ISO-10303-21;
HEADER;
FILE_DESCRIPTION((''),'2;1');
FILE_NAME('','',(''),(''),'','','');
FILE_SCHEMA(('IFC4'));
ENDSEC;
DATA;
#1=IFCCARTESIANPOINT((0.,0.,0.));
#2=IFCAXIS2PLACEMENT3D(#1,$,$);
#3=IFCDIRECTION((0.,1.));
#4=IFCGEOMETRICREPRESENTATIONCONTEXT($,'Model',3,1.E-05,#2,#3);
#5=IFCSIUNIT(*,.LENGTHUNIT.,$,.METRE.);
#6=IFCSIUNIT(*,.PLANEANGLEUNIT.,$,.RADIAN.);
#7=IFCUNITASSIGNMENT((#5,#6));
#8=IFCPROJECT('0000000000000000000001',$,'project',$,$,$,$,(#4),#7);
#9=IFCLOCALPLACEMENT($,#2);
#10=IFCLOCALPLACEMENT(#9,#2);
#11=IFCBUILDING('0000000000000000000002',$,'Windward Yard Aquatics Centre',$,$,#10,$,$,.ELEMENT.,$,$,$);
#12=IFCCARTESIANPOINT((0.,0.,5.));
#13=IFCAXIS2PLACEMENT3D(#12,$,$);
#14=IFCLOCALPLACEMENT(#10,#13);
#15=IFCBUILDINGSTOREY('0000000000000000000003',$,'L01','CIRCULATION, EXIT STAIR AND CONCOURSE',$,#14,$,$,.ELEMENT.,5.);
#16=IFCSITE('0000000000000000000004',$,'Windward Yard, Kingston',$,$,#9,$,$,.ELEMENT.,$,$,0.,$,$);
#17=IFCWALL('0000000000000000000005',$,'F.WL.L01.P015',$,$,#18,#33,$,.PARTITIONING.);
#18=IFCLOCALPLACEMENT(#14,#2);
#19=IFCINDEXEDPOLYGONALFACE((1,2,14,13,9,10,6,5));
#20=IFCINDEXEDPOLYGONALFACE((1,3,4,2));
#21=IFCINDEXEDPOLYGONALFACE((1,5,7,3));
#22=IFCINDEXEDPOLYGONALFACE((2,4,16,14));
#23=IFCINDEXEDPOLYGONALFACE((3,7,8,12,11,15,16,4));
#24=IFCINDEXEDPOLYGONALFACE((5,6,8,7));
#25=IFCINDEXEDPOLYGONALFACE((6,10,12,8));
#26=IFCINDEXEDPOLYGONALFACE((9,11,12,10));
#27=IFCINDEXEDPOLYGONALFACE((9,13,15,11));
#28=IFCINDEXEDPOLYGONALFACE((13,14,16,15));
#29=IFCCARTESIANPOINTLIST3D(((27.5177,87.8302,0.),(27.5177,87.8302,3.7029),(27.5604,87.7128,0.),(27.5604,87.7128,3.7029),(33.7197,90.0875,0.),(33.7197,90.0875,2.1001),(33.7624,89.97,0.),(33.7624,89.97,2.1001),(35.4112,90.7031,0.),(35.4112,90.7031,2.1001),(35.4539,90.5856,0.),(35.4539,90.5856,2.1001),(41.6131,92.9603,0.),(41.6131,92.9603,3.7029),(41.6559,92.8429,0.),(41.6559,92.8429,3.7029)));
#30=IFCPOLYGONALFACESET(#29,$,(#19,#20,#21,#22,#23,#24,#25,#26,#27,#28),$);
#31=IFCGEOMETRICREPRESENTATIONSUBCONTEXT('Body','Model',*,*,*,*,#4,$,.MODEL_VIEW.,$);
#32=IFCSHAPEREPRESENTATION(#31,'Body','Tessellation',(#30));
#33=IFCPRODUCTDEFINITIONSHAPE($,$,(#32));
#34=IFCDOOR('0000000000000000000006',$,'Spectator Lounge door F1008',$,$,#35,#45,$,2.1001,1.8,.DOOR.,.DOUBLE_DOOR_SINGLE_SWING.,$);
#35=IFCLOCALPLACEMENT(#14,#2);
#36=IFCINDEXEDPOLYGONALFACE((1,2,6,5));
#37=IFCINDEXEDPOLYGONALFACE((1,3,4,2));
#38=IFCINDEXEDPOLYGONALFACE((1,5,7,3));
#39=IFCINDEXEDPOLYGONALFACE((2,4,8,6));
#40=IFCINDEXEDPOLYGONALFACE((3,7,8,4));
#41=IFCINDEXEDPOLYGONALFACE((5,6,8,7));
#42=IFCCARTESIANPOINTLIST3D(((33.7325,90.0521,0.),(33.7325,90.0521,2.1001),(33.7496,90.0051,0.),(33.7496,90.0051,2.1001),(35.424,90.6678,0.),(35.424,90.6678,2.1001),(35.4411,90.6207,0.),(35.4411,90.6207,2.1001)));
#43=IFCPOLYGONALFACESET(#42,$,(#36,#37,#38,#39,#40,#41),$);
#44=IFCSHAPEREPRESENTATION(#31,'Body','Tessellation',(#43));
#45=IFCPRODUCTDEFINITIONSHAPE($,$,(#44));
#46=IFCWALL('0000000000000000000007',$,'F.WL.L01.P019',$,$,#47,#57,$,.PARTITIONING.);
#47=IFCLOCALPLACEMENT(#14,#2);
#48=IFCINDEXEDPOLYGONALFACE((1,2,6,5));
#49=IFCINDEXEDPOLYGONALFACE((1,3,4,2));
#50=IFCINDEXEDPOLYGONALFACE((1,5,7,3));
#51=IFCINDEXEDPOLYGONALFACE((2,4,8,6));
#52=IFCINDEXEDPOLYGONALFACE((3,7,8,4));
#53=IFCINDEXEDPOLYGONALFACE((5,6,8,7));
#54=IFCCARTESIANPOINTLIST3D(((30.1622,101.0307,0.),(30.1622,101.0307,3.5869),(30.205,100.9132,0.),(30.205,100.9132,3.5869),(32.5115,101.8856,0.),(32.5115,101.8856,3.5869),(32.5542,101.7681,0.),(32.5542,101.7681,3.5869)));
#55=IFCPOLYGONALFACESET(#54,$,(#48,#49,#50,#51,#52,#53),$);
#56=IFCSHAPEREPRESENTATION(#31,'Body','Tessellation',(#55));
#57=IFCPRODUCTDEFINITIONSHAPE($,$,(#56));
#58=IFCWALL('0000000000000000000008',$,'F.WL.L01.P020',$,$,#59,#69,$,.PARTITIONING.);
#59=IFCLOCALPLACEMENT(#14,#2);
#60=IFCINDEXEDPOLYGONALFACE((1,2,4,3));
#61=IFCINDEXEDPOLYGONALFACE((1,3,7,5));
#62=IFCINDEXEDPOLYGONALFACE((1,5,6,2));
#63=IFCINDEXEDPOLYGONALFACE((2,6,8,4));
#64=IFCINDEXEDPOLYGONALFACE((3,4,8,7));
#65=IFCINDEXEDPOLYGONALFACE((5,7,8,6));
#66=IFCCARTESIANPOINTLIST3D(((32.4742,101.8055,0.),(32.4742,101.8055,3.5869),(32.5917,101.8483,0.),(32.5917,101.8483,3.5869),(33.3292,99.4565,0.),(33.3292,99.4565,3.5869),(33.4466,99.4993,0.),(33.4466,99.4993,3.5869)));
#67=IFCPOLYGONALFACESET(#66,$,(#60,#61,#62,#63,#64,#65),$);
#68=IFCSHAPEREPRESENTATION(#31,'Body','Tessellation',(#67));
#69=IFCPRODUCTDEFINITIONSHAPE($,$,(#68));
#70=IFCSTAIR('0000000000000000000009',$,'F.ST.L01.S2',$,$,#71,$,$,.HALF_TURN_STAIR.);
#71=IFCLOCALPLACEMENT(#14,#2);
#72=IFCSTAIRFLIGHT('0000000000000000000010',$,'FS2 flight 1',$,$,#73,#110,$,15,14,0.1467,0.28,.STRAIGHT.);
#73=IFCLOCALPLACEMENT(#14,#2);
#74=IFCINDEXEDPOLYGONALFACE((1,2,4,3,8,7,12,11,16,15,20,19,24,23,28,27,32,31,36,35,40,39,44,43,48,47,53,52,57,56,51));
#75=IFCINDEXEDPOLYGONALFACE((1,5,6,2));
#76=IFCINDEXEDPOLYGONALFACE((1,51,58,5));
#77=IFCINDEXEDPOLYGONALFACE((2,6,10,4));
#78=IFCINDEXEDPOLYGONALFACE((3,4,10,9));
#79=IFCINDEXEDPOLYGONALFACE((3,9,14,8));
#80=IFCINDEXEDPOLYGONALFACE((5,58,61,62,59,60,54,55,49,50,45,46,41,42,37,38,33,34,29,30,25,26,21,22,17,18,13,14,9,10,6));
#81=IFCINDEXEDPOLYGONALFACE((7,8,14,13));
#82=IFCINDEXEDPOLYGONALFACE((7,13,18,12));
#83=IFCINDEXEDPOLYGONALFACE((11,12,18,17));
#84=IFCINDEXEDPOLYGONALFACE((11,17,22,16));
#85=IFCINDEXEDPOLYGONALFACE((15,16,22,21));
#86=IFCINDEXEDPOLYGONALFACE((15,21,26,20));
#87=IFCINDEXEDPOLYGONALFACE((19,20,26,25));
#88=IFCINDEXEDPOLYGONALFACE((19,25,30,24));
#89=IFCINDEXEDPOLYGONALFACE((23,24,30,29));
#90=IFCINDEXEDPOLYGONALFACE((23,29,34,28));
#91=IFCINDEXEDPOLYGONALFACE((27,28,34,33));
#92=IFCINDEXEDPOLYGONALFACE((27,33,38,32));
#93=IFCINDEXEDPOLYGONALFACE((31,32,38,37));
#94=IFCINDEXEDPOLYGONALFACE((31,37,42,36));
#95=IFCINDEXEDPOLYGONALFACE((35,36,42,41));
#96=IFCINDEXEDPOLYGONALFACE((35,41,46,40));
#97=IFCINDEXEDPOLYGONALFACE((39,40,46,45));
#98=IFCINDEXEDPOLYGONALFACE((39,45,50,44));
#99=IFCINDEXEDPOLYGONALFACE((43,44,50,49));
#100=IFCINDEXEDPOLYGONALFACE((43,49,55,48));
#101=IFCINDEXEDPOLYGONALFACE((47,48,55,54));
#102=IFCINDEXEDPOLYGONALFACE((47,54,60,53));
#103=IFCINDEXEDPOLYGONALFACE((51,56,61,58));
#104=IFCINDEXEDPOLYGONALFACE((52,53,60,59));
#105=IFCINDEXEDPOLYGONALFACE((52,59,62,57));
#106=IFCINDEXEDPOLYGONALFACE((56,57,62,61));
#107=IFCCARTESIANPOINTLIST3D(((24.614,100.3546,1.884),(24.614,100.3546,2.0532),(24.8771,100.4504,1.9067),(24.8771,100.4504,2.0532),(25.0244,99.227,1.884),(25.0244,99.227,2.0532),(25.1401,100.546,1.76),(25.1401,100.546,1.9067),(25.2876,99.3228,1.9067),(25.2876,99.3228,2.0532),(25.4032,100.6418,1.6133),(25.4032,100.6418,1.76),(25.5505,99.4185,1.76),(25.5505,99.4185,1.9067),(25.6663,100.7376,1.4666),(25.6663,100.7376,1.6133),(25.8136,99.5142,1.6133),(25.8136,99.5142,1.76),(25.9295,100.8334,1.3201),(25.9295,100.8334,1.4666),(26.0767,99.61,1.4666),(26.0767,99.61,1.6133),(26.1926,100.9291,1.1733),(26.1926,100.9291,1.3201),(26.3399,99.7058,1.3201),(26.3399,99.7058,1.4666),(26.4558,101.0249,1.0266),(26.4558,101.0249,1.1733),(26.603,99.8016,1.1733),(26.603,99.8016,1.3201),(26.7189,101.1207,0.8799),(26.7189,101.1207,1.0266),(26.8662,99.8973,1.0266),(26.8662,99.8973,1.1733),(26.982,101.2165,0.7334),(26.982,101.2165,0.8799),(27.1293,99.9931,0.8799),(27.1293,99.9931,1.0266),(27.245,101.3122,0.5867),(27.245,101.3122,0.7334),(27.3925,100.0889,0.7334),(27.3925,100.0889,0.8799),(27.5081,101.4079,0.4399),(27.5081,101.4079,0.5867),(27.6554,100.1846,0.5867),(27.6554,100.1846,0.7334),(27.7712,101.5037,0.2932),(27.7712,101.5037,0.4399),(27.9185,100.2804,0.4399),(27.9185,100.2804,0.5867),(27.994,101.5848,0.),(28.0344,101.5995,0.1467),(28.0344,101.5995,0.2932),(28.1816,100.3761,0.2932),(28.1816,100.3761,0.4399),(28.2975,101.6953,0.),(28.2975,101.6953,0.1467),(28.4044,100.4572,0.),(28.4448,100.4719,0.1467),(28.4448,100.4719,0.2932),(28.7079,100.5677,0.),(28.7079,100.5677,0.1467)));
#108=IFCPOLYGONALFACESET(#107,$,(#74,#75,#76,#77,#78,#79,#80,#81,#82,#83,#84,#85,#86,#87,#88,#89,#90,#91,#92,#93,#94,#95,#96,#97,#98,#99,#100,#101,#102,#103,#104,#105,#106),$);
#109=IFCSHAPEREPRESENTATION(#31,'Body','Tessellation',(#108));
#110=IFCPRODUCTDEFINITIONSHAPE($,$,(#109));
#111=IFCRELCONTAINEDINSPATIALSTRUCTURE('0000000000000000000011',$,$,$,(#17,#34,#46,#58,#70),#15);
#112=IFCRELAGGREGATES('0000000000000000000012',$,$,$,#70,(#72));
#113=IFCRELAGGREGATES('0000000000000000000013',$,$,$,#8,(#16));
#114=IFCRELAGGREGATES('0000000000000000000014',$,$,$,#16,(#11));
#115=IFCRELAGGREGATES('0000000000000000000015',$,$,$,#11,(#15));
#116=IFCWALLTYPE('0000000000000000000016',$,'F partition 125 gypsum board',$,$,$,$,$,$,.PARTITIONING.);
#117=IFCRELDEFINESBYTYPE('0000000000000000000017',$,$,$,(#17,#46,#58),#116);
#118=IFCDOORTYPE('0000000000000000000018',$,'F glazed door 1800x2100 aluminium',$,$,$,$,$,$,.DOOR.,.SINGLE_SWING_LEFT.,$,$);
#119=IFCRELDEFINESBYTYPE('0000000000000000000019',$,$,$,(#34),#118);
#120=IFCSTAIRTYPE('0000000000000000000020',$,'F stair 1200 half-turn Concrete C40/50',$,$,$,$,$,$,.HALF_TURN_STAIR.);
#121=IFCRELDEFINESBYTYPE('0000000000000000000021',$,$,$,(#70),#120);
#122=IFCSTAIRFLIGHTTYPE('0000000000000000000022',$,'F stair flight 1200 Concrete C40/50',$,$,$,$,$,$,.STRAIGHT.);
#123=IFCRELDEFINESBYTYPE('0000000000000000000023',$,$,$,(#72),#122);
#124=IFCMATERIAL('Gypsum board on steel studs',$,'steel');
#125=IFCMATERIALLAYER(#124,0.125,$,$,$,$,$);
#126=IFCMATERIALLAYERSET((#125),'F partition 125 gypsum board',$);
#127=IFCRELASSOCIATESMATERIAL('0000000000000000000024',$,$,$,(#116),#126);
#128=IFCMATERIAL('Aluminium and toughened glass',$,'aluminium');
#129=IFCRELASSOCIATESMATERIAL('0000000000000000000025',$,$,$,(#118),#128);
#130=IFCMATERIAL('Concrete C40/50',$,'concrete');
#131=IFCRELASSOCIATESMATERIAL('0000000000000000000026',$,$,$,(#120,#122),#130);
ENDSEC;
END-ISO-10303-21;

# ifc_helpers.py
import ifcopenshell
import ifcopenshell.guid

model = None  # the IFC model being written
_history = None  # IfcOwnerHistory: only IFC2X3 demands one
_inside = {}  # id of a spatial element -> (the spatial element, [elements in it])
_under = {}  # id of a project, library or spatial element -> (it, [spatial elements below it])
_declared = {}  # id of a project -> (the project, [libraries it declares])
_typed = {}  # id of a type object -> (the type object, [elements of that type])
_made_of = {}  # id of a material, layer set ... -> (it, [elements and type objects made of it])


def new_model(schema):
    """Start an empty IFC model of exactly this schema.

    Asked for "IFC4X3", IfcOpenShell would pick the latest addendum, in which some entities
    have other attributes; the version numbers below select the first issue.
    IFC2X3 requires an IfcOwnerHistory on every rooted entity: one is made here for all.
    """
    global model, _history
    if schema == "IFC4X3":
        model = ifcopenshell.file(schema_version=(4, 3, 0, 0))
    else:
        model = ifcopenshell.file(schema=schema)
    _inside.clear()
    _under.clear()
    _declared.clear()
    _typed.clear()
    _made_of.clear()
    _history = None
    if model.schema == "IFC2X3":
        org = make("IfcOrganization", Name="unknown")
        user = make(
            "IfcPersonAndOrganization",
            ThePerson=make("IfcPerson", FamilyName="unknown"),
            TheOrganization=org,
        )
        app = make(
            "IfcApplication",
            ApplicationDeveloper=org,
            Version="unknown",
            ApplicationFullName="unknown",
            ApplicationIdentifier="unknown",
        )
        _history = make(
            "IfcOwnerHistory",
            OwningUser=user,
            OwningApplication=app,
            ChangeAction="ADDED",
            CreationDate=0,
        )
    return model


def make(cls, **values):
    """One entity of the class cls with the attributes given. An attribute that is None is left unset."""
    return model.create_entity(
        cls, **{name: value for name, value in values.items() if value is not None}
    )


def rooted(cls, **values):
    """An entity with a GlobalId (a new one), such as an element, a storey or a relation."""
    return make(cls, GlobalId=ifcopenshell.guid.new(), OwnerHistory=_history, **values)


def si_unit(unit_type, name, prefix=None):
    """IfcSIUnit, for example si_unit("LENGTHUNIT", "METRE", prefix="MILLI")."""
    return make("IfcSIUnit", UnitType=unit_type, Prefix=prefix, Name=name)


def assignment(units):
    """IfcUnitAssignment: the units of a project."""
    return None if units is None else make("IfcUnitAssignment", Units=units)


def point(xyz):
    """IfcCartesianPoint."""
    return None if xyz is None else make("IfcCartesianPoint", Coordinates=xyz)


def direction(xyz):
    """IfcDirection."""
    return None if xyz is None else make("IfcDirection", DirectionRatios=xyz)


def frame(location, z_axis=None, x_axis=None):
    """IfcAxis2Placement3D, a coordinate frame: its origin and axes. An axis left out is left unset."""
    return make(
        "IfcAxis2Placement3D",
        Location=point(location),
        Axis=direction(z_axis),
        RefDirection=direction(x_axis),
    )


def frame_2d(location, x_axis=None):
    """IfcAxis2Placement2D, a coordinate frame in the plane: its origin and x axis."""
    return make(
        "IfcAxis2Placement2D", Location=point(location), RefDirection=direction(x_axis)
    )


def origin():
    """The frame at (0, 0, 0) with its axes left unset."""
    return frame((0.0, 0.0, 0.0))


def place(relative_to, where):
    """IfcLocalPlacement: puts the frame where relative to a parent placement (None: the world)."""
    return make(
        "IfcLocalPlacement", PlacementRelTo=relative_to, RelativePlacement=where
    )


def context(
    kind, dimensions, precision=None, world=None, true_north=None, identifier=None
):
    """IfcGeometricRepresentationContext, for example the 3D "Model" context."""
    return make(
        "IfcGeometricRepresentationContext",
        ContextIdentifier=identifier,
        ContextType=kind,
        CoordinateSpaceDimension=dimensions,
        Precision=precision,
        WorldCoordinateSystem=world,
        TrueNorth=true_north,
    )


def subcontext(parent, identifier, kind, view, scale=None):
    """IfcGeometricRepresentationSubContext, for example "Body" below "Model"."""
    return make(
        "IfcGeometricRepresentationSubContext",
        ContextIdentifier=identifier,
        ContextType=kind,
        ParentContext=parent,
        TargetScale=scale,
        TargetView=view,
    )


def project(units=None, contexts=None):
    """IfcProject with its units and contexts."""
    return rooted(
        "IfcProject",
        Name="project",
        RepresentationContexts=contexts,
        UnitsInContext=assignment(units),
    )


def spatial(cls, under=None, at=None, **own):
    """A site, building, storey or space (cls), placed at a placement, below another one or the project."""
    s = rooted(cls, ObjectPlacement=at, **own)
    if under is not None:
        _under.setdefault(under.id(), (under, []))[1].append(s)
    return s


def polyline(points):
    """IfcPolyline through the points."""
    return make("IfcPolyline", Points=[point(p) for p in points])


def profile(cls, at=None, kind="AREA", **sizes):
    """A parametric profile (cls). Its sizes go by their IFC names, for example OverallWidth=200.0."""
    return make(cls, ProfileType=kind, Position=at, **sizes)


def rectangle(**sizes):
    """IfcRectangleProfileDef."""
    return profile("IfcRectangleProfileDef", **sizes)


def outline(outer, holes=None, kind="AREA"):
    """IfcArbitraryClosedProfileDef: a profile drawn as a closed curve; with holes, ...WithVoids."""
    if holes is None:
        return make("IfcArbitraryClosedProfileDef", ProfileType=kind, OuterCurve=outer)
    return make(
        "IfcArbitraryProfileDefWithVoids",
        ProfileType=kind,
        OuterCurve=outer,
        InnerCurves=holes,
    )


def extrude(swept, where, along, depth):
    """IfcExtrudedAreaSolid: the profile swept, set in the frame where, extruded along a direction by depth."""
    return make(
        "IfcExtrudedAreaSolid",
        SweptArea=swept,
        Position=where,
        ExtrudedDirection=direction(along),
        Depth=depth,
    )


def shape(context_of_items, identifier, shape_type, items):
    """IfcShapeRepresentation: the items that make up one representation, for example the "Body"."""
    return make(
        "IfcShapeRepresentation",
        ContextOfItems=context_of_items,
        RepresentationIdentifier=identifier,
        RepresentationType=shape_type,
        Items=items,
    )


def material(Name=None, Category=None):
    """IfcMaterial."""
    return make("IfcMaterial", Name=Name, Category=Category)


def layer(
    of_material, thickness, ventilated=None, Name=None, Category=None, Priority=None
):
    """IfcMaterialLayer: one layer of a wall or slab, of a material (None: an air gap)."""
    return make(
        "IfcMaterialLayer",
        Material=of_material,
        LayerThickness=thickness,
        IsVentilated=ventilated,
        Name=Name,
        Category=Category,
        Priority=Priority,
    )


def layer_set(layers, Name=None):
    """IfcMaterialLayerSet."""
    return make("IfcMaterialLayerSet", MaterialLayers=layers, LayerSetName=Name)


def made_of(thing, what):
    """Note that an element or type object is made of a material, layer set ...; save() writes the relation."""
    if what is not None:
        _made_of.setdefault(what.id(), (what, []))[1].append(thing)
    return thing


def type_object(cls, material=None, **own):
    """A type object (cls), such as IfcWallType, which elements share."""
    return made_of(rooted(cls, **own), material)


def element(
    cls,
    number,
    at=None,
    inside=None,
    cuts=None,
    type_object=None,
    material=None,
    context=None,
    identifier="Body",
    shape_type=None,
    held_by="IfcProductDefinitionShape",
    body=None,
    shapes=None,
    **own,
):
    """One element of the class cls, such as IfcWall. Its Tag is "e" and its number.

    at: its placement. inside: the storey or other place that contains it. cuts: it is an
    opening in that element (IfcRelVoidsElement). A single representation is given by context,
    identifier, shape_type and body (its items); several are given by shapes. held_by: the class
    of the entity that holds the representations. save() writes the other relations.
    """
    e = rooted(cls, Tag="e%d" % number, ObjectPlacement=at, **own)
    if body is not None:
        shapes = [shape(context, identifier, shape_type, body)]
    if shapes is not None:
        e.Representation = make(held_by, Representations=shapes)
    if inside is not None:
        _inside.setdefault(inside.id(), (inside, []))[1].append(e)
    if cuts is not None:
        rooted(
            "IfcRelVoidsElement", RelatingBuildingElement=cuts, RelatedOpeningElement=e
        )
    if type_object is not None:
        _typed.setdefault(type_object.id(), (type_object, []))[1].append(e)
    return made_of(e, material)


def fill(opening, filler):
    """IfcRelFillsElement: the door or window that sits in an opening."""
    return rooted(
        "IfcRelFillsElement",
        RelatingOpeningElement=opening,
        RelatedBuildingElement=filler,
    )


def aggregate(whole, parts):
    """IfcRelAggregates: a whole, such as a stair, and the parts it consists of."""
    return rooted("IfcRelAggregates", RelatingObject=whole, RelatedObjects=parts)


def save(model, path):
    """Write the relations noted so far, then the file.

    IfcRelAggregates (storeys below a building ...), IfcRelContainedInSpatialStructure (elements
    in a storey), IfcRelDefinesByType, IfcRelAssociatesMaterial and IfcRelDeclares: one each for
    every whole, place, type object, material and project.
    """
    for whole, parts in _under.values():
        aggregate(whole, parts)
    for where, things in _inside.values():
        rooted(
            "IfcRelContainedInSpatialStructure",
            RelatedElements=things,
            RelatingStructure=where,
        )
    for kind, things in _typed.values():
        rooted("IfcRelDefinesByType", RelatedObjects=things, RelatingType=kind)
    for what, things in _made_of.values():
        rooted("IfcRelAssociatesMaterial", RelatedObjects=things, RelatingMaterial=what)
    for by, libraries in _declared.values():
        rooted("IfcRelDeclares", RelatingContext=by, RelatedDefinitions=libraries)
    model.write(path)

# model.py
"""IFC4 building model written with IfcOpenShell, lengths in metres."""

from ifc_helpers import new_model, si_unit, direction, frame, frame_2d, origin, place, context, subcontext, project, spatial, polyline, rectangle, outline, extrude, material, layer, layer_set, type_object, element, fill, aggregate, save


model = new_model("IFC4")

# Units and contexts
model_context = context("Model", 3, precision=1e-05, world=origin(), true_north=direction((0.0, 1.0)))
body_context = subcontext(model_context, "Body", "Model", "MODEL_VIEW")
ifc_project = project(units=[si_unit("LENGTHUNIT", "METRE"), si_unit("PLANEANGLEUNIT", "RADIAN")], contexts=[model_context])

# Site, building, storey
site_placement = place(None, origin())
site = spatial("IfcSite", under=ifc_project, at=site_placement, Name="Windward Yard, Kingston", CompositionType="ELEMENT", RefElevation=0.0)
building_placement = place(site_placement, origin())
building = spatial("IfcBuilding", under=site, at=building_placement, Name="Windward Yard Aquatics Centre", CompositionType="ELEMENT")
storey_placement = place(building_placement, frame((0.0, 0.0, 5.0)))
storey = spatial("IfcBuildingStorey", under=building, at=storey_placement, Name="L01", Description="CIRCULATION, EXIT STAIR AND CONCOURSE", CompositionType="ELEMENT", Elevation=5.0)

# Shared definitions
ifc_material_1 = material(Name="Concrete C40/50", Category="concrete")

# Wall, opening, door
ifc_material_2 = material(Name="Gypsum board on steel studs", Category="steel")
ifc_layer_1 = layer(ifc_material_2, 0.125)
ifc_layer_set_1 = layer_set([ifc_layer_1], Name="F partition 125 gypsum board")
wall_type_1 = type_object("IfcWallType", Name="F partition 125 gypsum board", PredefinedType="PARTITIONING", material=ifc_layer_set_1)
wall_1_placement = place(storey_placement, frame((27.5391, 87.7715, 0.0), z_axis=(0.0, 0.0, 1.0), x_axis=(0.939697, 0.342008, 0.0)))
wall_1 = element("IfcWall", 1, at=wall_1_placement, inside=storey, type_object=wall_type_1, Name="F.WL.L01.P015", PredefinedType="PARTITIONING", context=body_context, shape_type="SweptSolid", body=[
    extrude(rectangle(XDim=15.0, YDim=0.125, at=frame_2d((7.5, 0.0))), origin(), (0.0, 0.0, 1.0), 3.7029),
])
opening_1_placement = place(wall_1_placement, frame((6.6001, 0.0, 0.0)))
opening_1 = element("IfcOpeningElement", 2, at=opening_1_placement, cuts=wall_1, PredefinedType="OPENING", context=body_context, shape_type="SweptSolid", body=[
    extrude(rectangle(XDim=1.8, YDim=2.1001, at=frame_2d((0.8999, 1.05))), frame((0.0, 0.0725, 0.0), z_axis=(0.0, -1.0, 0.0), x_axis=(1.0, 0.0, 0.0)), (0.0, 0.0, 1.0), 0.145),
])
ifc_material_3 = material(Name="Aluminium and toughened glass", Category="aluminium")
door_type_1 = type_object("IfcDoorType", Name="F glazed door 1800x2100 aluminium", OperationType="SINGLE_SWING_LEFT", PredefinedType="DOOR", material=ifc_material_3)
door_1_placement = place(opening_1_placement, origin())
door_1 = element("IfcDoor", 3, at=door_1_placement, inside=storey, type_object=door_type_1, Name="Spectator Lounge door F1008", OperationType="DOUBLE_DOOR_SINGLE_SWING", OverallHeight=2.1001, OverallWidth=1.8, PredefinedType="DOOR", context=body_context, shape_type="SweptSolid", body=[
    extrude(rectangle(XDim=1.8, YDim=2.1001, at=frame_2d((0.8999, 1.05))), frame((0.0, 0.0249, 0.0), z_axis=(0.0, -1.0, 0.0), x_axis=(1.0, 0.0, 0.0)), (0.0, 0.0, 1.0), 0.05),
])
fill(opening_1, door_1)

# Walls
wall_2_placement = place(storey_placement, frame((30.1836, 100.9719, 0.0), z_axis=(0.0, 0.0, 1.0), x_axis=(0.939708, 0.341978, 0.0)))
element("IfcWall", 4, at=wall_2_placement, inside=storey, type_object=wall_type_1, Name="F.WL.L01.P019", PredefinedType="PARTITIONING", context=body_context, shape_type="SweptSolid", body=[
    extrude(rectangle(XDim=2.5, YDim=0.125, at=frame_2d((1.25, 0.0))), origin(), (0.0, 0.0, 1.0), 3.5869),
])
wall_3_placement = place(storey_placement, frame((33.3879, 99.4778, 0.0), z_axis=(0.0, 0.0, 1.0), x_axis=(-0.34201, 0.939696, 0.0)))
element("IfcWall", 5, at=wall_3_placement, inside=storey, type_object=wall_type_1, Name="F.WL.L01.P020", PredefinedType="PARTITIONING", context=body_context, shape_type="SweptSolid", body=[
    extrude(rectangle(XDim=2.4998, YDim=0.125, at=frame_2d((1.25, 0.0))), origin(), (0.0, 0.0, 1.0), 3.5869),
])

# Stair, stair flight
stair_type = type_object("IfcStairType", Name="F stair 1200 half-turn Concrete C40/50", PredefinedType="HALF_TURN_STAIR", material=ifc_material_1)
stair_placement = place(storey_placement, origin())
stair = element("IfcStair", 6, at=stair_placement, inside=storey, type_object=stair_type, Name="F.ST.L01.S2", PredefinedType="HALF_TURN_STAIR")
stair_flight_type = type_object("IfcStairFlightType", Name="F stair flight 1200 Concrete C40/50", PredefinedType="STRAIGHT", material=ifc_material_1)
stair_flight_placement = place(storey_placement, frame((28.5027, 101.1316, 0.0), z_axis=(0.0, 0.0, 1.0), x_axis=(-0.939693, -0.34202, 0.0)))
stair_flight = element("IfcStairFlight", 7, at=stair_flight_placement, type_object=stair_flight_type, Name="FS2 flight 1", NumberOfRisers=15, NumberOfTreads=14, PredefinedType="STRAIGHT", RiserHeight=0.1467, TreadLength=0.28, context=body_context, shape_type="SweptSolid", body=[
    extrude(outline(polyline([(0.0, 0.0), (0.0, 0.1467), (0.28, 0.1467), (0.28, 0.2932), (0.5601, 0.2932), (0.5601, 0.4399), (0.8401, 0.4399), (0.8401, 0.5867), (1.1201, 0.5867), (1.1201, 0.7334), (1.3999, 0.7334), (1.3999, 0.8799), (1.6799, 0.8799), (1.6799, 1.0266), (1.96, 1.0266), (1.96, 1.1733), (2.24, 1.1733), (2.24, 1.3201), (2.52, 1.3201), (2.52, 1.4666), (2.8, 1.4666), (2.8, 1.6133), (3.0801, 1.6133), (3.0801, 1.76), (3.3601, 1.76), (3.3601, 1.9067), (3.6399, 1.9067), (3.6399, 2.0532), (3.9199, 2.0532), (3.9199, 2.2), (3.9199, 1.884), (0.323, 0.0), (0.0, 0.0)])), frame((0.0, 0.6001, 0.0), z_axis=(0.0, -1.0, 0.0), x_axis=(1.0, 0.0, 0.0)), (0.0, 0.0, 1.0), 1.2),
])
aggregate(stair, [stair_flight])

save(model, "model.ifc")
